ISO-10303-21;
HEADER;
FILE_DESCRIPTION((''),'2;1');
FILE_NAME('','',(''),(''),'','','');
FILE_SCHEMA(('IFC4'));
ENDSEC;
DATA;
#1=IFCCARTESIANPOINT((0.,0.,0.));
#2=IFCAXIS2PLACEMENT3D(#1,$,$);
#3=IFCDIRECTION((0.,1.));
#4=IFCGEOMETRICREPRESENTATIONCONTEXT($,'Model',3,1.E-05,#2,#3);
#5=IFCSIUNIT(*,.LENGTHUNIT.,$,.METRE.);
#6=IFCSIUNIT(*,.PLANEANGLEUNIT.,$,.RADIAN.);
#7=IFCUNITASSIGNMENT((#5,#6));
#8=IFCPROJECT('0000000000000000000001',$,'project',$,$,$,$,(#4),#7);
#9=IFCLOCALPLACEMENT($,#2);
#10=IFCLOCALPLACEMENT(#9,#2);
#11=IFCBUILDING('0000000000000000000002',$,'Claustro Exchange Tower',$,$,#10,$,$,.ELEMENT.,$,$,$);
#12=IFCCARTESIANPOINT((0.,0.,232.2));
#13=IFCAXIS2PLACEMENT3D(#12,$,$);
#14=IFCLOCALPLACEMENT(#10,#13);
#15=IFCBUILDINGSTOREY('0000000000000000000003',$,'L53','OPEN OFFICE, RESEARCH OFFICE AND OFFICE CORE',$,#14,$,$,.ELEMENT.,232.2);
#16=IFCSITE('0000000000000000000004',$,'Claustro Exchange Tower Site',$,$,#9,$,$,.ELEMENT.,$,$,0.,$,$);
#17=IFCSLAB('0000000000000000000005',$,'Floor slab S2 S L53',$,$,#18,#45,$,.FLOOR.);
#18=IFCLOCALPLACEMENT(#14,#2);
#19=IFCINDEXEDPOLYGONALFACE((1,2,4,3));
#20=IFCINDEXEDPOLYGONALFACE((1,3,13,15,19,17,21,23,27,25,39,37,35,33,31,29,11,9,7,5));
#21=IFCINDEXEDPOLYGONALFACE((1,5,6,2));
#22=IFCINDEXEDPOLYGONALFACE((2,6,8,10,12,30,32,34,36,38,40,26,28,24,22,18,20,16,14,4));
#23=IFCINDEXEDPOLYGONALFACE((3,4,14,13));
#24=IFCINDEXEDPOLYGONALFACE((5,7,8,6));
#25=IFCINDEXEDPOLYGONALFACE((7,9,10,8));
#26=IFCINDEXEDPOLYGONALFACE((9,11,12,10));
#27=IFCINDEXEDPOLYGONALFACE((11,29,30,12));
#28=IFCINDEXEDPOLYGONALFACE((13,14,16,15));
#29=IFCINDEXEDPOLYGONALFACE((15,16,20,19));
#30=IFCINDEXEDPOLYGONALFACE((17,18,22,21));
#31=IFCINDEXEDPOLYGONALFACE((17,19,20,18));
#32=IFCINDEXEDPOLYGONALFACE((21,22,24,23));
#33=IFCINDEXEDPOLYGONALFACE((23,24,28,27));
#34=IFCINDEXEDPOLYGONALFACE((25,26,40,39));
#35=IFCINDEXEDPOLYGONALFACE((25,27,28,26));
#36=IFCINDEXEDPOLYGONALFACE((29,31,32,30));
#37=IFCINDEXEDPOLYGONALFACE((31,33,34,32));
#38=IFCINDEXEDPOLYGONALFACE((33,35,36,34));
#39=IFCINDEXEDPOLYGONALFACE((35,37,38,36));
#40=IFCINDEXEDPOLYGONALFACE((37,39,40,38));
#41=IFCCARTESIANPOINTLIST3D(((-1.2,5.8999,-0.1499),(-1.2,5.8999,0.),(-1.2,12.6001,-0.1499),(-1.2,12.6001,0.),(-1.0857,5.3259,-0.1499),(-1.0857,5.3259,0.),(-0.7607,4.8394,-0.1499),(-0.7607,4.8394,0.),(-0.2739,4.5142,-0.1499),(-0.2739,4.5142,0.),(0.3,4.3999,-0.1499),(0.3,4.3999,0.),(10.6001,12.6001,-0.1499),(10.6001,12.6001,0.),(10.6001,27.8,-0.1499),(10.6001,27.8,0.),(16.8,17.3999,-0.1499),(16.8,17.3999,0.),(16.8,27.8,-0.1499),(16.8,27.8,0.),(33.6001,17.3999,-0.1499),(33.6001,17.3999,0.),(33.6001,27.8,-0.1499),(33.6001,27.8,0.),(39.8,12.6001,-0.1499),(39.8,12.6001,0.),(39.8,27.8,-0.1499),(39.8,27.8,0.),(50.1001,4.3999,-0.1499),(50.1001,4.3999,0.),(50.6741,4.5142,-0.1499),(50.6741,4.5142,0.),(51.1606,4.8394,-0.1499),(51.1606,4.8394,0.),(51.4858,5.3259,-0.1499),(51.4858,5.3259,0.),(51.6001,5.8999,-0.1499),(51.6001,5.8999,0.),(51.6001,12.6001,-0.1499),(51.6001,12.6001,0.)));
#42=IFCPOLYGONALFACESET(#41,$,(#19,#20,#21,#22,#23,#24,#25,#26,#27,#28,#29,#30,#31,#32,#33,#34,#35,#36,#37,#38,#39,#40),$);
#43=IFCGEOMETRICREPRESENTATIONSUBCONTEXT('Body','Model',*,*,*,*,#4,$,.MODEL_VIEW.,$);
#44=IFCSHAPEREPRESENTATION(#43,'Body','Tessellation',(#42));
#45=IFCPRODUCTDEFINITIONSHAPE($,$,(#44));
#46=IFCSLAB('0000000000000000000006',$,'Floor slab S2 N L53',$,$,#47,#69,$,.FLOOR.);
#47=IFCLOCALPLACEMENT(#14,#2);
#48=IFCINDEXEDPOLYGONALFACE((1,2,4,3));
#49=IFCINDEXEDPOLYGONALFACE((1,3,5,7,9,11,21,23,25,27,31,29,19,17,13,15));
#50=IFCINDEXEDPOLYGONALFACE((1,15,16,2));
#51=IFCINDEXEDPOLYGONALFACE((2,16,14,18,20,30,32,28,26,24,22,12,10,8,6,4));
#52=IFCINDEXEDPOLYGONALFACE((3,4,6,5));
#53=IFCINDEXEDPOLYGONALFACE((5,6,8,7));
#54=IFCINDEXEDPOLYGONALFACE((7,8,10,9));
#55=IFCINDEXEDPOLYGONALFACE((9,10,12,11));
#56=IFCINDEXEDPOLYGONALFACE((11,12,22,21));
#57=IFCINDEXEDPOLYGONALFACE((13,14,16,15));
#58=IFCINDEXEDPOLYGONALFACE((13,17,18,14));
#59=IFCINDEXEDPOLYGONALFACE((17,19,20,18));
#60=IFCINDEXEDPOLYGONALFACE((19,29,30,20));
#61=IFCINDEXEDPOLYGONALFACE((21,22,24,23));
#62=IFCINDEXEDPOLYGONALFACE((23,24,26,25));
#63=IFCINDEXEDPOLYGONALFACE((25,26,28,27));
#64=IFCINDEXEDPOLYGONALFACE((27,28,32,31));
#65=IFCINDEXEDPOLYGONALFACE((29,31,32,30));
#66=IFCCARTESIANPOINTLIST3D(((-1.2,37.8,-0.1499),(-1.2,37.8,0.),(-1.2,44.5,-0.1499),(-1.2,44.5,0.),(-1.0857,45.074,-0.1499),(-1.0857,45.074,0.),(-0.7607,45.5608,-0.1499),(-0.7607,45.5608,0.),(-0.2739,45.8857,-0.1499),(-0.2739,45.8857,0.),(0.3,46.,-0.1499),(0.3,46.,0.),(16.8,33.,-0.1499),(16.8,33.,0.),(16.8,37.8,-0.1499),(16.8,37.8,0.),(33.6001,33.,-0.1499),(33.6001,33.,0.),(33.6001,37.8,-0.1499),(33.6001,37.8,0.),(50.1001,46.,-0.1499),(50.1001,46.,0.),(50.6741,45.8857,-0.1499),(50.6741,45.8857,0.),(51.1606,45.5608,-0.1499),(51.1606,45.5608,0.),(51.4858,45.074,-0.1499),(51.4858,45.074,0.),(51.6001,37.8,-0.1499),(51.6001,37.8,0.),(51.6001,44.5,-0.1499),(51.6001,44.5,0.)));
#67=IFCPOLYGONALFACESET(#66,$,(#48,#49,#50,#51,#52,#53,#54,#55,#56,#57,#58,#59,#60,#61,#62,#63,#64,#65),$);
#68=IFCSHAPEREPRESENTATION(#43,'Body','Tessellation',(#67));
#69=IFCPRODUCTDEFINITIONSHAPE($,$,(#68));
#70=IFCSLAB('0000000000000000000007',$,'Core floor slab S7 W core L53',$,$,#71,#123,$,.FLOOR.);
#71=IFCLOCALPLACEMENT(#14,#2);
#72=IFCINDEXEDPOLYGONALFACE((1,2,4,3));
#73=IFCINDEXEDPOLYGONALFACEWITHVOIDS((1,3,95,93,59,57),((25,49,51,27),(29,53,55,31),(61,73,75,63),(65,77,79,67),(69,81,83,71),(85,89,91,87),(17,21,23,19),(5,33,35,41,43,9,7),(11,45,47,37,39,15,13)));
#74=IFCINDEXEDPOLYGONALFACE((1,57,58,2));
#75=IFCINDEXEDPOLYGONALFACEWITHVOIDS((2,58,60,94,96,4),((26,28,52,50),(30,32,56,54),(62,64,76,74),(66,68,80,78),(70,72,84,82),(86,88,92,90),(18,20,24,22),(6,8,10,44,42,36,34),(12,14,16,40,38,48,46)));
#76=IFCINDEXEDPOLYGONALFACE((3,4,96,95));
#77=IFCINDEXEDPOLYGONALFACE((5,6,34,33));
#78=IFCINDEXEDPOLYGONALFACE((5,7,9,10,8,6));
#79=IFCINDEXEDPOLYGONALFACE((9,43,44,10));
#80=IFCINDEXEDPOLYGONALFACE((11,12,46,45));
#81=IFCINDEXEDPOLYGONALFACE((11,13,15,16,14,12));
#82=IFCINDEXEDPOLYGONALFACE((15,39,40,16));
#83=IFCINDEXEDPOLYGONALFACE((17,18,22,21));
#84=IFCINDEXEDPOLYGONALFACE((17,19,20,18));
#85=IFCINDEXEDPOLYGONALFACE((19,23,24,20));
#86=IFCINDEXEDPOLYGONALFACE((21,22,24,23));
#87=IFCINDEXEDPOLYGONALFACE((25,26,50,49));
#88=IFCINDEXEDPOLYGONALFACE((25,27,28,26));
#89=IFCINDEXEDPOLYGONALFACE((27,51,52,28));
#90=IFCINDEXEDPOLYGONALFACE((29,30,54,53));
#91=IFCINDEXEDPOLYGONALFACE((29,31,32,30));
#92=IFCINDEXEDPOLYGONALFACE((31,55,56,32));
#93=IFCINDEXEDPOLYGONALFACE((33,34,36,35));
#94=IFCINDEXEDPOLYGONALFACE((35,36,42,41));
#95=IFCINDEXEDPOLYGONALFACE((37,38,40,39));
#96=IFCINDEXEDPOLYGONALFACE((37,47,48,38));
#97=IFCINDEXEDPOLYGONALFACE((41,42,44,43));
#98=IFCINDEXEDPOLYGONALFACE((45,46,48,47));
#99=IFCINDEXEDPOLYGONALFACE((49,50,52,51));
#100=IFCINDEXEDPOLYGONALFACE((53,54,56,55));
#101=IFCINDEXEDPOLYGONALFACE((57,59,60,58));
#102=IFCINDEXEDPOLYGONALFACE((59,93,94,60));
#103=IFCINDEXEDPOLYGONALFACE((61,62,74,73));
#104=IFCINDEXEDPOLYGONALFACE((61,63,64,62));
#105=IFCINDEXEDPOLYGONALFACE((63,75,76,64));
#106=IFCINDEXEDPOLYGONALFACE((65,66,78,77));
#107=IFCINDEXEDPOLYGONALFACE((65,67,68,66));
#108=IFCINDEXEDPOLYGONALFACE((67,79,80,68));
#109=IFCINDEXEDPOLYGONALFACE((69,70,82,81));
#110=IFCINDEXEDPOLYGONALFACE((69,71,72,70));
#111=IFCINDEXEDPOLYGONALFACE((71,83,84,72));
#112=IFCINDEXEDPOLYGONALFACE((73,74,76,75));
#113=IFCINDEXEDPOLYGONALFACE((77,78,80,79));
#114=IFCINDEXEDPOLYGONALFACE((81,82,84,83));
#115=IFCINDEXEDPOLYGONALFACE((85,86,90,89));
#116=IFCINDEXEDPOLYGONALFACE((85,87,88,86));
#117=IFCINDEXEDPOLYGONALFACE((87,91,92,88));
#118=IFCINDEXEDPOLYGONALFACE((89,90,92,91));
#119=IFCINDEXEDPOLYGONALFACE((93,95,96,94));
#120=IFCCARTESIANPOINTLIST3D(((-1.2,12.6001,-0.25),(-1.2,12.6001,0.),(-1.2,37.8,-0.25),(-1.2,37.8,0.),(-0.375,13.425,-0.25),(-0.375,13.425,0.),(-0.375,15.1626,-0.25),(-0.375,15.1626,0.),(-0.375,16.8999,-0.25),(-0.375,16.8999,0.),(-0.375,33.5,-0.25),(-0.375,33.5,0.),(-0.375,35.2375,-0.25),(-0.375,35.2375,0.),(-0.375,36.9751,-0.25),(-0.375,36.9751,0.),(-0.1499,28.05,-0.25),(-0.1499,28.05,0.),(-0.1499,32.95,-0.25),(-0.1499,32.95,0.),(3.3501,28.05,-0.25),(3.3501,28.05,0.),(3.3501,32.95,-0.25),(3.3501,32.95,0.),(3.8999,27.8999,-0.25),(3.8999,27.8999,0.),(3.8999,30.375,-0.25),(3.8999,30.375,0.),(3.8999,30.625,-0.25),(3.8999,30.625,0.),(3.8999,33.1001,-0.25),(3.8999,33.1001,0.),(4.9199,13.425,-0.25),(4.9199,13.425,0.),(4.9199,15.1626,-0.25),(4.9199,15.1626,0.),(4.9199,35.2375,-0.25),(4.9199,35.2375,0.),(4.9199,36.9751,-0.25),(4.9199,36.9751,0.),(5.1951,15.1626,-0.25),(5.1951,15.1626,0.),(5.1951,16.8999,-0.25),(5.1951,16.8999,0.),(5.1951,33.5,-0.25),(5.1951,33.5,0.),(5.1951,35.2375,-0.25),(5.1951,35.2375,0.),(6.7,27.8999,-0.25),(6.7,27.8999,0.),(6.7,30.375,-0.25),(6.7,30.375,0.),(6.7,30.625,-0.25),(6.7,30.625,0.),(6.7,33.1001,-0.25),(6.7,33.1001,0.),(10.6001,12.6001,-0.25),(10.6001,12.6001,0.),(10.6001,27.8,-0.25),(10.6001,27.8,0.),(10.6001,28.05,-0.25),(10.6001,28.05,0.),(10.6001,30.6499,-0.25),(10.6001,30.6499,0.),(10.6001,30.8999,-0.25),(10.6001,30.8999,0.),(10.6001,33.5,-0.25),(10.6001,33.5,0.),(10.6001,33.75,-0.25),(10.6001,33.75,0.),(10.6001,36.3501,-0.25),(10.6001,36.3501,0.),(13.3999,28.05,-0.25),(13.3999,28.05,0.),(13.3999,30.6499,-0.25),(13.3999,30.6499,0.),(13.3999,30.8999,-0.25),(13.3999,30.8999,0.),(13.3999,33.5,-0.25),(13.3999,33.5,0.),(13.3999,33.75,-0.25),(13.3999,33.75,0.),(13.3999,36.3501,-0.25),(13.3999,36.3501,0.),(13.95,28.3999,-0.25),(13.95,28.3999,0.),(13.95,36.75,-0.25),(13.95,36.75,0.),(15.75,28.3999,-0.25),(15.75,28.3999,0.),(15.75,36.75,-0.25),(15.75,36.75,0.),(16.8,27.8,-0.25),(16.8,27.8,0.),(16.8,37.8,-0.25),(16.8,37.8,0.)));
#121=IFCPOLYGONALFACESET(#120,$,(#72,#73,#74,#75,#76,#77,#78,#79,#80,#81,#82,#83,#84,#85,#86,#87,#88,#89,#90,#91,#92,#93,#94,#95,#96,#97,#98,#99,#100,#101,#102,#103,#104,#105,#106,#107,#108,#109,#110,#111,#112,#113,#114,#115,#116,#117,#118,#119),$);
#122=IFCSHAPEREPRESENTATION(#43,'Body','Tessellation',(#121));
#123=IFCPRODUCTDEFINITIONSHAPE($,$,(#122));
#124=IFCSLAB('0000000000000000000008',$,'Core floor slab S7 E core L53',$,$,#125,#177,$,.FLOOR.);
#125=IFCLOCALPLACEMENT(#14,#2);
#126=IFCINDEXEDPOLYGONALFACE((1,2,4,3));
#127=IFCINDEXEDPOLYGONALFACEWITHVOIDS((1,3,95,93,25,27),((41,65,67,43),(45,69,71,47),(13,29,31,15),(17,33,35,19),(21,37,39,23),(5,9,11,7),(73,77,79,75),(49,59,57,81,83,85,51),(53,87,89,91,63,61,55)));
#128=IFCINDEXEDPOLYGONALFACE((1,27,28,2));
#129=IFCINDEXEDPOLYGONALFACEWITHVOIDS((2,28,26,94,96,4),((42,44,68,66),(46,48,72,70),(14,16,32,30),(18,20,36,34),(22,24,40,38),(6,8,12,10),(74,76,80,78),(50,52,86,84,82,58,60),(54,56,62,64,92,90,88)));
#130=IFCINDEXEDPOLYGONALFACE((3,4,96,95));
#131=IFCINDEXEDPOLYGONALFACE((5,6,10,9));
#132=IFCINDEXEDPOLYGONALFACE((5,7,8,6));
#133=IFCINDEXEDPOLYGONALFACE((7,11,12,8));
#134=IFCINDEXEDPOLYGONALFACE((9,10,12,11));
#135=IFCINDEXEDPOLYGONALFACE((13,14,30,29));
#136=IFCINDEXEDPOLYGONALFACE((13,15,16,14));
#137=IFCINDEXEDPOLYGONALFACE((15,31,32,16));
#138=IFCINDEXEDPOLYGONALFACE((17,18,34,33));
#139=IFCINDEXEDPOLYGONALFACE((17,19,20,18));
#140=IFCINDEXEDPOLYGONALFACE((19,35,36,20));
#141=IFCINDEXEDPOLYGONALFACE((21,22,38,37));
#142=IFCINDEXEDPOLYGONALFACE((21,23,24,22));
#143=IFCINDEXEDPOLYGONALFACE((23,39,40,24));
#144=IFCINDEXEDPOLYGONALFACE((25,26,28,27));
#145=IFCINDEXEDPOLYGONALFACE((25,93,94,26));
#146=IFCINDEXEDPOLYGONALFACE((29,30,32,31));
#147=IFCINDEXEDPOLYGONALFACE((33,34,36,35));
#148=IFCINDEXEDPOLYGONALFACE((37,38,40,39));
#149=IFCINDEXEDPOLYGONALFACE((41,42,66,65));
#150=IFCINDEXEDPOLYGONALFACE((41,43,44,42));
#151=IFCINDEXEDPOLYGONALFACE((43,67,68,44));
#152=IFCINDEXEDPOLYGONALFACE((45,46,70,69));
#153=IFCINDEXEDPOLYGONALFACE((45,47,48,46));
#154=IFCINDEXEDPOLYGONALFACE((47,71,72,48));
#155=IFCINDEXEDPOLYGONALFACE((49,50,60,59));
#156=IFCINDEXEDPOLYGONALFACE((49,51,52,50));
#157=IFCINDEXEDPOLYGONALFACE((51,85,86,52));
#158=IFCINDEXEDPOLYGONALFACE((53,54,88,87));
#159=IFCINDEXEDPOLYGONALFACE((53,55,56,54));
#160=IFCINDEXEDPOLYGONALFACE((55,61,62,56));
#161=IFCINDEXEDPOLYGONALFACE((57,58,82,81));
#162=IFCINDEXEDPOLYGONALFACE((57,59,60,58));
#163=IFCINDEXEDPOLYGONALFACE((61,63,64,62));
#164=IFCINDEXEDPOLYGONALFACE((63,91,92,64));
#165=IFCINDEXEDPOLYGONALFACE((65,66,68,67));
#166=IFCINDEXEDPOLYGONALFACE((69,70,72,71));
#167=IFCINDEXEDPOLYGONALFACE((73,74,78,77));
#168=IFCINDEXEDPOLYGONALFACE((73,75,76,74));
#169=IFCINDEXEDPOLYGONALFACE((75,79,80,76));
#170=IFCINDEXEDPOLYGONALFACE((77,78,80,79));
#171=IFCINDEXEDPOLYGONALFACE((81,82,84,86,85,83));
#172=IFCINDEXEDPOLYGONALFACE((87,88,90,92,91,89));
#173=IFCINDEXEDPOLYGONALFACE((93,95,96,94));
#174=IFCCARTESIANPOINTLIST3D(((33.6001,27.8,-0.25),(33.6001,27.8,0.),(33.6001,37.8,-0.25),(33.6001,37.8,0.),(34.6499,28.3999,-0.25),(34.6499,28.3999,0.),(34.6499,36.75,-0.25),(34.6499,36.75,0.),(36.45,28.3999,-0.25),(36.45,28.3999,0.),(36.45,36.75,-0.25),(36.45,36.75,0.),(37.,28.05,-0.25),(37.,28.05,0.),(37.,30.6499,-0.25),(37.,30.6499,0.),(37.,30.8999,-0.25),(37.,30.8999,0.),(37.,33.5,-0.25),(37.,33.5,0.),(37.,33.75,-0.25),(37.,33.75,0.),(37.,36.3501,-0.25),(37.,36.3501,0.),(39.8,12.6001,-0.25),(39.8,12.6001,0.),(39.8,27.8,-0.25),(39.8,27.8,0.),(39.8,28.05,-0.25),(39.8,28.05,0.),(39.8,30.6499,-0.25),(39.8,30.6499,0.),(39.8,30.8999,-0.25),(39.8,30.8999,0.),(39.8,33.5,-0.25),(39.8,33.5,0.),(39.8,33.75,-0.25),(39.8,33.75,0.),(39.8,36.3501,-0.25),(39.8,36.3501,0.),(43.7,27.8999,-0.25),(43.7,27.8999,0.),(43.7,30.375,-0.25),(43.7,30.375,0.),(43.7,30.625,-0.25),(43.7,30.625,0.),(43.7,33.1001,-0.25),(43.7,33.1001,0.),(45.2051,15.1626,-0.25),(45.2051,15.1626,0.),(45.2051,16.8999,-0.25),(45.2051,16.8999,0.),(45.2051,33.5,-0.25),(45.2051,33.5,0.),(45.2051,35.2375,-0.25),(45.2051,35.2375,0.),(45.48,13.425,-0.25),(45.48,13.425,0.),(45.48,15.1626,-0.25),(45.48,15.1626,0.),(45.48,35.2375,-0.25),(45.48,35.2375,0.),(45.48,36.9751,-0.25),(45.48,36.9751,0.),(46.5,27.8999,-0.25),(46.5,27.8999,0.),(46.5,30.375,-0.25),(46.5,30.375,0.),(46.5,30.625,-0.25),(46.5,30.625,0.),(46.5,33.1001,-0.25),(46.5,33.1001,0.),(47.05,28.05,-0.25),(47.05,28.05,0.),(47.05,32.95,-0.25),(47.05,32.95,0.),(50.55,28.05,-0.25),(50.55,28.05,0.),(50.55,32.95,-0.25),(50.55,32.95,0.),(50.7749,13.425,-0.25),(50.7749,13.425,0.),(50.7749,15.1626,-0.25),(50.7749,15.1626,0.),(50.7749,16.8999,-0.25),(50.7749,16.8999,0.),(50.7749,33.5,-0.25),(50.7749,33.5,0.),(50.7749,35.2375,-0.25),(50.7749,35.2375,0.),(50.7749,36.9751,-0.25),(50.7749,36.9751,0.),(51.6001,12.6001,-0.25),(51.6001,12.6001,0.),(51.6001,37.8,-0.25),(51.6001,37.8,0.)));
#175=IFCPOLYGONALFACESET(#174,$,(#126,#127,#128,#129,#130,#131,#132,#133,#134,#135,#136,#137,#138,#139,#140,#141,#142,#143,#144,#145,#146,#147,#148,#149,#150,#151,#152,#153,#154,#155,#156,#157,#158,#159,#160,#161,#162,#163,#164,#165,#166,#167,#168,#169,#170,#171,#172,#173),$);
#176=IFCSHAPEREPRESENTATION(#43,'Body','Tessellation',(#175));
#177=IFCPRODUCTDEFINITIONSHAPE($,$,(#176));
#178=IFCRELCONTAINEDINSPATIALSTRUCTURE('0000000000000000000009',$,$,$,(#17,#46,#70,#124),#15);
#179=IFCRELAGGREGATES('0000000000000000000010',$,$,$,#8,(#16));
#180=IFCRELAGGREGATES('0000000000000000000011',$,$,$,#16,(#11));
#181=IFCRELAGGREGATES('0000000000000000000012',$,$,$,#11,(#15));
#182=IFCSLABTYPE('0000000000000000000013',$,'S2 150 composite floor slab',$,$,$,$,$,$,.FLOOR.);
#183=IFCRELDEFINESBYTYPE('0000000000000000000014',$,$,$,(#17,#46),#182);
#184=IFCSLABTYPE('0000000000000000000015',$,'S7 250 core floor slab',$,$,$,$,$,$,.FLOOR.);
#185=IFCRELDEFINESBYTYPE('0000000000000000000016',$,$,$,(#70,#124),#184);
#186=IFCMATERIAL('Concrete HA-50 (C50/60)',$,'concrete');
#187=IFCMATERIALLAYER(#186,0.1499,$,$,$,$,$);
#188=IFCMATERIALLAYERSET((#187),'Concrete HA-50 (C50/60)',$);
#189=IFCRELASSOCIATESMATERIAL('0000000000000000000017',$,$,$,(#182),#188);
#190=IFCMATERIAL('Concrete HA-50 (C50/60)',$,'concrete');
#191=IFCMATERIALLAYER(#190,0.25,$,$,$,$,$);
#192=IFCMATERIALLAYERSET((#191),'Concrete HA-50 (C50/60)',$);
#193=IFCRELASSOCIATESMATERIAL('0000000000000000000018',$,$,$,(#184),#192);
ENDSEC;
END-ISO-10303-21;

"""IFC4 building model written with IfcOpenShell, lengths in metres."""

from ifc_helpers import new_model, si_unit, direction, frame, origin, place, context, subcontext, project, spatial, polyline, outline, extrude, material, layer, layer_set, type_object, element, save


model = new_model("IFC4")

# Units and contexts
model_context = context("Model", 3, precision=1e-05, world=origin(), true_north=direction((0.0, 1.0)))
body_context = subcontext(model_context, "Body", "Model", "MODEL_VIEW")
ifc_project = project(units=[si_unit("LENGTHUNIT", "METRE"), si_unit("PLANEANGLEUNIT", "RADIAN")], contexts=[model_context])

# Site, building, storey
site_placement = place(None, origin())
site = spatial("IfcSite", under=ifc_project, at=site_placement, Name="Claustro Exchange Tower Site", CompositionType="ELEMENT", RefElevation=0.0)
building_placement = place(site_placement, origin())
building = spatial("IfcBuilding", under=site, at=building_placement, Name="Claustro Exchange Tower", CompositionType="ELEMENT")
storey_placement = place(building_placement, frame((0.0, 0.0, 232.2)))
storey = spatial("IfcBuildingStorey", under=building, at=storey_placement, Name="L53", Description="OPEN OFFICE, RESEARCH OFFICE AND OFFICE CORE", CompositionType="ELEMENT", Elevation=232.2)

# Slabs
ifc_material_1 = material(Name="Concrete HA-50 (C50/60)", Category="concrete")
ifc_layer_1 = layer(ifc_material_1, 0.1499)
ifc_layer_set_1 = layer_set([ifc_layer_1], Name="Concrete HA-50 (C50/60)")
slab_type_1 = type_object("IfcSlabType", Name="S2 150 composite floor slab", PredefinedType="FLOOR", material=ifc_layer_set_1)
slab_1_placement = place(storey_placement, frame((0.0, 0.0, -0.1499)))
element("IfcSlab", 1, at=slab_1_placement, inside=storey, type_object=slab_type_1, Name="Floor slab S2 S L53", PredefinedType="FLOOR", context=body_context, shape_type="SweptSolid", body=[
    extrude(outline(polyline([(-0.2739, 4.5142), (0.3, 4.3999), (50.1001, 4.3999), (50.6741, 4.5142), (51.1606, 4.8394), (51.4858, 5.3259), (51.6001, 5.8999), (51.6001, 12.6001), (39.8, 12.6001), (39.8, 27.8), (33.6001, 27.8), (33.6001, 17.3999), (16.8, 17.3999), (16.8, 27.8), (10.6001, 27.8), (10.6001, 12.6001), (-1.2, 12.6001), (-1.2, 5.8999), (-1.0857, 5.3259), (-0.7607, 4.8394), (-0.2739, 4.5142)])), origin(), (0.0, 0.0, 1.0), 0.1499),
])
slab_2_placement = place(storey_placement, frame((0.0, 0.0, -0.1499)))
element("IfcSlab", 2, at=slab_2_placement, inside=storey, type_object=slab_type_1, Name="Floor slab S2 N L53", PredefinedType="FLOOR", context=body_context, shape_type="SweptSolid", body=[
    extrude(outline(polyline([(16.8, 37.8), (16.8, 33.0), (33.6001, 33.0), (33.6001, 37.8), (51.6001, 37.8), (51.6001, 44.5), (51.4858, 45.074), (51.1606, 45.5608), (50.6741, 45.8857), (50.1001, 46.0), (0.3, 46.0), (-0.2739, 45.8857), (-0.7607, 45.5608), (-1.0857, 45.074), (-1.2, 44.5), (-1.2, 37.8), (16.8, 37.8)])), origin(), (0.0, 0.0, 1.0), 0.1499),
])
ifc_material_2 = material(Name="Concrete HA-50 (C50/60)", Category="concrete")
ifc_layer_2 = layer(ifc_material_2, 0.25)
ifc_layer_set_2 = layer_set([ifc_layer_2], Name="Concrete HA-50 (C50/60)")
slab_type_2 = type_object("IfcSlabType", Name="S7 250 core floor slab", PredefinedType="FLOOR", material=ifc_layer_set_2)
slab_3_placement = place(storey_placement, frame((0.0, 0.0, -0.25)))
element("IfcSlab", 3, at=slab_3_placement, inside=storey, type_object=slab_type_2, Name="Core floor slab S7 W core L53", PredefinedType="FLOOR", context=body_context, shape_type="SweptSolid", body=[
    extrude(outline(polyline([(-1.2, 37.8), (-1.2, 12.6001), (10.6001, 12.6001), (10.6001, 27.8), (16.8, 27.8), (16.8, 37.8), (-1.2, 37.8)]), holes=[polyline([(13.95, 36.75), (15.75, 36.75), (15.75, 28.3999), (13.95, 28.3999), (13.95, 36.75)]), polyline([(10.6001, 30.6499), (13.3999, 30.6499), (13.3999, 28.05), (10.6001, 28.05), (10.6001, 30.6499)]), polyline([(10.6001, 33.5), (13.3999, 33.5), (13.3999, 30.8999), (10.6001, 30.8999), (10.6001, 33.5)]), polyline([(13.3999, 36.3501), (13.3999, 33.75), (10.6001, 33.75), (10.6001, 36.3501), (13.3999, 36.3501)]), polyline([(3.8999, 30.375), (6.7, 30.375), (6.7, 27.8999), (3.8999, 27.8999), (3.8999, 30.375)]), polyline([(3.8999, 33.1001), (6.7, 33.1001), (6.7, 30.625), (3.8999, 30.625), (3.8999, 33.1001)]), polyline([(-0.375, 15.1626), (-0.375, 16.8999), (5.1951, 16.8999), (5.1951, 15.1626), (4.9199, 15.1626), (4.9199, 13.425), (-0.375, 13.425), (-0.375, 15.1626)]), polyline([(-0.375, 35.2375), (-0.375, 36.9751), (4.9199, 36.9751), (4.9199, 35.2375), (5.1951, 35.2375), (5.1951, 33.5), (-0.375, 33.5), (-0.375, 35.2375)]), polyline([(-0.1499, 32.95), (3.3501, 32.95), (3.3501, 28.05), (-0.1499, 28.05), (-0.1499, 32.95)])]), origin(), (0.0, 0.0, 1.0), 0.25),
])
slab_4_placement = place(storey_placement, frame((0.0, 0.0, -0.25)))
element("IfcSlab", 4, at=slab_4_placement, inside=storey, type_object=slab_type_2, Name="Core floor slab S7 E core L53", PredefinedType="FLOOR", context=body_context, shape_type="SweptSolid", body=[
    extrude(outline(polyline([(51.6001, 37.8), (33.6001, 37.8), (33.6001, 27.8), (39.8, 27.8), (39.8, 12.6001), (51.6001, 12.6001), (51.6001, 37.8)]), holes=[polyline([(45.48, 15.1626), (45.2051, 15.1626), (45.2051, 16.8999), (50.7749, 16.8999), (50.7749, 15.1626), (50.7749, 13.425), (45.48, 13.425), (45.48, 15.1626)]), polyline([(45.48, 35.2375), (45.48, 36.9751), (50.7749, 36.9751), (50.7749, 35.2375), (50.7749, 33.5), (45.2051, 33.5), (45.2051, 35.2375), (45.48, 35.2375)]), polyline([(47.05, 32.95), (50.55, 32.95), (50.55, 28.05), (47.05, 28.05), (47.05, 32.95)]), polyline([(43.7, 30.375), (46.5, 30.375), (46.5, 27.8999), (43.7, 27.8999), (43.7, 30.375)]), polyline([(43.7, 33.1001), (46.5, 33.1001), (46.5, 30.625), (43.7, 30.625), (43.7, 33.1001)]), polyline([(37.0, 30.6499), (39.8, 30.6499), (39.8, 28.05), (37.0, 28.05), (37.0, 30.6499)]), polyline([(37.0, 33.5), (39.8, 33.5), (39.8, 30.8999), (37.0, 30.8999), (37.0, 33.5)]), polyline([(39.8, 36.3501), (39.8, 33.75), (37.0, 33.75), (37.0, 36.3501), (39.8, 36.3501)]), polyline([(34.6499, 36.75), (36.45, 36.75), (36.45, 28.3999), (34.6499, 28.3999), (34.6499, 36.75)])]), origin(), (0.0, 0.0, 1.0), 0.25),
])

save(model, "model.ifc")
